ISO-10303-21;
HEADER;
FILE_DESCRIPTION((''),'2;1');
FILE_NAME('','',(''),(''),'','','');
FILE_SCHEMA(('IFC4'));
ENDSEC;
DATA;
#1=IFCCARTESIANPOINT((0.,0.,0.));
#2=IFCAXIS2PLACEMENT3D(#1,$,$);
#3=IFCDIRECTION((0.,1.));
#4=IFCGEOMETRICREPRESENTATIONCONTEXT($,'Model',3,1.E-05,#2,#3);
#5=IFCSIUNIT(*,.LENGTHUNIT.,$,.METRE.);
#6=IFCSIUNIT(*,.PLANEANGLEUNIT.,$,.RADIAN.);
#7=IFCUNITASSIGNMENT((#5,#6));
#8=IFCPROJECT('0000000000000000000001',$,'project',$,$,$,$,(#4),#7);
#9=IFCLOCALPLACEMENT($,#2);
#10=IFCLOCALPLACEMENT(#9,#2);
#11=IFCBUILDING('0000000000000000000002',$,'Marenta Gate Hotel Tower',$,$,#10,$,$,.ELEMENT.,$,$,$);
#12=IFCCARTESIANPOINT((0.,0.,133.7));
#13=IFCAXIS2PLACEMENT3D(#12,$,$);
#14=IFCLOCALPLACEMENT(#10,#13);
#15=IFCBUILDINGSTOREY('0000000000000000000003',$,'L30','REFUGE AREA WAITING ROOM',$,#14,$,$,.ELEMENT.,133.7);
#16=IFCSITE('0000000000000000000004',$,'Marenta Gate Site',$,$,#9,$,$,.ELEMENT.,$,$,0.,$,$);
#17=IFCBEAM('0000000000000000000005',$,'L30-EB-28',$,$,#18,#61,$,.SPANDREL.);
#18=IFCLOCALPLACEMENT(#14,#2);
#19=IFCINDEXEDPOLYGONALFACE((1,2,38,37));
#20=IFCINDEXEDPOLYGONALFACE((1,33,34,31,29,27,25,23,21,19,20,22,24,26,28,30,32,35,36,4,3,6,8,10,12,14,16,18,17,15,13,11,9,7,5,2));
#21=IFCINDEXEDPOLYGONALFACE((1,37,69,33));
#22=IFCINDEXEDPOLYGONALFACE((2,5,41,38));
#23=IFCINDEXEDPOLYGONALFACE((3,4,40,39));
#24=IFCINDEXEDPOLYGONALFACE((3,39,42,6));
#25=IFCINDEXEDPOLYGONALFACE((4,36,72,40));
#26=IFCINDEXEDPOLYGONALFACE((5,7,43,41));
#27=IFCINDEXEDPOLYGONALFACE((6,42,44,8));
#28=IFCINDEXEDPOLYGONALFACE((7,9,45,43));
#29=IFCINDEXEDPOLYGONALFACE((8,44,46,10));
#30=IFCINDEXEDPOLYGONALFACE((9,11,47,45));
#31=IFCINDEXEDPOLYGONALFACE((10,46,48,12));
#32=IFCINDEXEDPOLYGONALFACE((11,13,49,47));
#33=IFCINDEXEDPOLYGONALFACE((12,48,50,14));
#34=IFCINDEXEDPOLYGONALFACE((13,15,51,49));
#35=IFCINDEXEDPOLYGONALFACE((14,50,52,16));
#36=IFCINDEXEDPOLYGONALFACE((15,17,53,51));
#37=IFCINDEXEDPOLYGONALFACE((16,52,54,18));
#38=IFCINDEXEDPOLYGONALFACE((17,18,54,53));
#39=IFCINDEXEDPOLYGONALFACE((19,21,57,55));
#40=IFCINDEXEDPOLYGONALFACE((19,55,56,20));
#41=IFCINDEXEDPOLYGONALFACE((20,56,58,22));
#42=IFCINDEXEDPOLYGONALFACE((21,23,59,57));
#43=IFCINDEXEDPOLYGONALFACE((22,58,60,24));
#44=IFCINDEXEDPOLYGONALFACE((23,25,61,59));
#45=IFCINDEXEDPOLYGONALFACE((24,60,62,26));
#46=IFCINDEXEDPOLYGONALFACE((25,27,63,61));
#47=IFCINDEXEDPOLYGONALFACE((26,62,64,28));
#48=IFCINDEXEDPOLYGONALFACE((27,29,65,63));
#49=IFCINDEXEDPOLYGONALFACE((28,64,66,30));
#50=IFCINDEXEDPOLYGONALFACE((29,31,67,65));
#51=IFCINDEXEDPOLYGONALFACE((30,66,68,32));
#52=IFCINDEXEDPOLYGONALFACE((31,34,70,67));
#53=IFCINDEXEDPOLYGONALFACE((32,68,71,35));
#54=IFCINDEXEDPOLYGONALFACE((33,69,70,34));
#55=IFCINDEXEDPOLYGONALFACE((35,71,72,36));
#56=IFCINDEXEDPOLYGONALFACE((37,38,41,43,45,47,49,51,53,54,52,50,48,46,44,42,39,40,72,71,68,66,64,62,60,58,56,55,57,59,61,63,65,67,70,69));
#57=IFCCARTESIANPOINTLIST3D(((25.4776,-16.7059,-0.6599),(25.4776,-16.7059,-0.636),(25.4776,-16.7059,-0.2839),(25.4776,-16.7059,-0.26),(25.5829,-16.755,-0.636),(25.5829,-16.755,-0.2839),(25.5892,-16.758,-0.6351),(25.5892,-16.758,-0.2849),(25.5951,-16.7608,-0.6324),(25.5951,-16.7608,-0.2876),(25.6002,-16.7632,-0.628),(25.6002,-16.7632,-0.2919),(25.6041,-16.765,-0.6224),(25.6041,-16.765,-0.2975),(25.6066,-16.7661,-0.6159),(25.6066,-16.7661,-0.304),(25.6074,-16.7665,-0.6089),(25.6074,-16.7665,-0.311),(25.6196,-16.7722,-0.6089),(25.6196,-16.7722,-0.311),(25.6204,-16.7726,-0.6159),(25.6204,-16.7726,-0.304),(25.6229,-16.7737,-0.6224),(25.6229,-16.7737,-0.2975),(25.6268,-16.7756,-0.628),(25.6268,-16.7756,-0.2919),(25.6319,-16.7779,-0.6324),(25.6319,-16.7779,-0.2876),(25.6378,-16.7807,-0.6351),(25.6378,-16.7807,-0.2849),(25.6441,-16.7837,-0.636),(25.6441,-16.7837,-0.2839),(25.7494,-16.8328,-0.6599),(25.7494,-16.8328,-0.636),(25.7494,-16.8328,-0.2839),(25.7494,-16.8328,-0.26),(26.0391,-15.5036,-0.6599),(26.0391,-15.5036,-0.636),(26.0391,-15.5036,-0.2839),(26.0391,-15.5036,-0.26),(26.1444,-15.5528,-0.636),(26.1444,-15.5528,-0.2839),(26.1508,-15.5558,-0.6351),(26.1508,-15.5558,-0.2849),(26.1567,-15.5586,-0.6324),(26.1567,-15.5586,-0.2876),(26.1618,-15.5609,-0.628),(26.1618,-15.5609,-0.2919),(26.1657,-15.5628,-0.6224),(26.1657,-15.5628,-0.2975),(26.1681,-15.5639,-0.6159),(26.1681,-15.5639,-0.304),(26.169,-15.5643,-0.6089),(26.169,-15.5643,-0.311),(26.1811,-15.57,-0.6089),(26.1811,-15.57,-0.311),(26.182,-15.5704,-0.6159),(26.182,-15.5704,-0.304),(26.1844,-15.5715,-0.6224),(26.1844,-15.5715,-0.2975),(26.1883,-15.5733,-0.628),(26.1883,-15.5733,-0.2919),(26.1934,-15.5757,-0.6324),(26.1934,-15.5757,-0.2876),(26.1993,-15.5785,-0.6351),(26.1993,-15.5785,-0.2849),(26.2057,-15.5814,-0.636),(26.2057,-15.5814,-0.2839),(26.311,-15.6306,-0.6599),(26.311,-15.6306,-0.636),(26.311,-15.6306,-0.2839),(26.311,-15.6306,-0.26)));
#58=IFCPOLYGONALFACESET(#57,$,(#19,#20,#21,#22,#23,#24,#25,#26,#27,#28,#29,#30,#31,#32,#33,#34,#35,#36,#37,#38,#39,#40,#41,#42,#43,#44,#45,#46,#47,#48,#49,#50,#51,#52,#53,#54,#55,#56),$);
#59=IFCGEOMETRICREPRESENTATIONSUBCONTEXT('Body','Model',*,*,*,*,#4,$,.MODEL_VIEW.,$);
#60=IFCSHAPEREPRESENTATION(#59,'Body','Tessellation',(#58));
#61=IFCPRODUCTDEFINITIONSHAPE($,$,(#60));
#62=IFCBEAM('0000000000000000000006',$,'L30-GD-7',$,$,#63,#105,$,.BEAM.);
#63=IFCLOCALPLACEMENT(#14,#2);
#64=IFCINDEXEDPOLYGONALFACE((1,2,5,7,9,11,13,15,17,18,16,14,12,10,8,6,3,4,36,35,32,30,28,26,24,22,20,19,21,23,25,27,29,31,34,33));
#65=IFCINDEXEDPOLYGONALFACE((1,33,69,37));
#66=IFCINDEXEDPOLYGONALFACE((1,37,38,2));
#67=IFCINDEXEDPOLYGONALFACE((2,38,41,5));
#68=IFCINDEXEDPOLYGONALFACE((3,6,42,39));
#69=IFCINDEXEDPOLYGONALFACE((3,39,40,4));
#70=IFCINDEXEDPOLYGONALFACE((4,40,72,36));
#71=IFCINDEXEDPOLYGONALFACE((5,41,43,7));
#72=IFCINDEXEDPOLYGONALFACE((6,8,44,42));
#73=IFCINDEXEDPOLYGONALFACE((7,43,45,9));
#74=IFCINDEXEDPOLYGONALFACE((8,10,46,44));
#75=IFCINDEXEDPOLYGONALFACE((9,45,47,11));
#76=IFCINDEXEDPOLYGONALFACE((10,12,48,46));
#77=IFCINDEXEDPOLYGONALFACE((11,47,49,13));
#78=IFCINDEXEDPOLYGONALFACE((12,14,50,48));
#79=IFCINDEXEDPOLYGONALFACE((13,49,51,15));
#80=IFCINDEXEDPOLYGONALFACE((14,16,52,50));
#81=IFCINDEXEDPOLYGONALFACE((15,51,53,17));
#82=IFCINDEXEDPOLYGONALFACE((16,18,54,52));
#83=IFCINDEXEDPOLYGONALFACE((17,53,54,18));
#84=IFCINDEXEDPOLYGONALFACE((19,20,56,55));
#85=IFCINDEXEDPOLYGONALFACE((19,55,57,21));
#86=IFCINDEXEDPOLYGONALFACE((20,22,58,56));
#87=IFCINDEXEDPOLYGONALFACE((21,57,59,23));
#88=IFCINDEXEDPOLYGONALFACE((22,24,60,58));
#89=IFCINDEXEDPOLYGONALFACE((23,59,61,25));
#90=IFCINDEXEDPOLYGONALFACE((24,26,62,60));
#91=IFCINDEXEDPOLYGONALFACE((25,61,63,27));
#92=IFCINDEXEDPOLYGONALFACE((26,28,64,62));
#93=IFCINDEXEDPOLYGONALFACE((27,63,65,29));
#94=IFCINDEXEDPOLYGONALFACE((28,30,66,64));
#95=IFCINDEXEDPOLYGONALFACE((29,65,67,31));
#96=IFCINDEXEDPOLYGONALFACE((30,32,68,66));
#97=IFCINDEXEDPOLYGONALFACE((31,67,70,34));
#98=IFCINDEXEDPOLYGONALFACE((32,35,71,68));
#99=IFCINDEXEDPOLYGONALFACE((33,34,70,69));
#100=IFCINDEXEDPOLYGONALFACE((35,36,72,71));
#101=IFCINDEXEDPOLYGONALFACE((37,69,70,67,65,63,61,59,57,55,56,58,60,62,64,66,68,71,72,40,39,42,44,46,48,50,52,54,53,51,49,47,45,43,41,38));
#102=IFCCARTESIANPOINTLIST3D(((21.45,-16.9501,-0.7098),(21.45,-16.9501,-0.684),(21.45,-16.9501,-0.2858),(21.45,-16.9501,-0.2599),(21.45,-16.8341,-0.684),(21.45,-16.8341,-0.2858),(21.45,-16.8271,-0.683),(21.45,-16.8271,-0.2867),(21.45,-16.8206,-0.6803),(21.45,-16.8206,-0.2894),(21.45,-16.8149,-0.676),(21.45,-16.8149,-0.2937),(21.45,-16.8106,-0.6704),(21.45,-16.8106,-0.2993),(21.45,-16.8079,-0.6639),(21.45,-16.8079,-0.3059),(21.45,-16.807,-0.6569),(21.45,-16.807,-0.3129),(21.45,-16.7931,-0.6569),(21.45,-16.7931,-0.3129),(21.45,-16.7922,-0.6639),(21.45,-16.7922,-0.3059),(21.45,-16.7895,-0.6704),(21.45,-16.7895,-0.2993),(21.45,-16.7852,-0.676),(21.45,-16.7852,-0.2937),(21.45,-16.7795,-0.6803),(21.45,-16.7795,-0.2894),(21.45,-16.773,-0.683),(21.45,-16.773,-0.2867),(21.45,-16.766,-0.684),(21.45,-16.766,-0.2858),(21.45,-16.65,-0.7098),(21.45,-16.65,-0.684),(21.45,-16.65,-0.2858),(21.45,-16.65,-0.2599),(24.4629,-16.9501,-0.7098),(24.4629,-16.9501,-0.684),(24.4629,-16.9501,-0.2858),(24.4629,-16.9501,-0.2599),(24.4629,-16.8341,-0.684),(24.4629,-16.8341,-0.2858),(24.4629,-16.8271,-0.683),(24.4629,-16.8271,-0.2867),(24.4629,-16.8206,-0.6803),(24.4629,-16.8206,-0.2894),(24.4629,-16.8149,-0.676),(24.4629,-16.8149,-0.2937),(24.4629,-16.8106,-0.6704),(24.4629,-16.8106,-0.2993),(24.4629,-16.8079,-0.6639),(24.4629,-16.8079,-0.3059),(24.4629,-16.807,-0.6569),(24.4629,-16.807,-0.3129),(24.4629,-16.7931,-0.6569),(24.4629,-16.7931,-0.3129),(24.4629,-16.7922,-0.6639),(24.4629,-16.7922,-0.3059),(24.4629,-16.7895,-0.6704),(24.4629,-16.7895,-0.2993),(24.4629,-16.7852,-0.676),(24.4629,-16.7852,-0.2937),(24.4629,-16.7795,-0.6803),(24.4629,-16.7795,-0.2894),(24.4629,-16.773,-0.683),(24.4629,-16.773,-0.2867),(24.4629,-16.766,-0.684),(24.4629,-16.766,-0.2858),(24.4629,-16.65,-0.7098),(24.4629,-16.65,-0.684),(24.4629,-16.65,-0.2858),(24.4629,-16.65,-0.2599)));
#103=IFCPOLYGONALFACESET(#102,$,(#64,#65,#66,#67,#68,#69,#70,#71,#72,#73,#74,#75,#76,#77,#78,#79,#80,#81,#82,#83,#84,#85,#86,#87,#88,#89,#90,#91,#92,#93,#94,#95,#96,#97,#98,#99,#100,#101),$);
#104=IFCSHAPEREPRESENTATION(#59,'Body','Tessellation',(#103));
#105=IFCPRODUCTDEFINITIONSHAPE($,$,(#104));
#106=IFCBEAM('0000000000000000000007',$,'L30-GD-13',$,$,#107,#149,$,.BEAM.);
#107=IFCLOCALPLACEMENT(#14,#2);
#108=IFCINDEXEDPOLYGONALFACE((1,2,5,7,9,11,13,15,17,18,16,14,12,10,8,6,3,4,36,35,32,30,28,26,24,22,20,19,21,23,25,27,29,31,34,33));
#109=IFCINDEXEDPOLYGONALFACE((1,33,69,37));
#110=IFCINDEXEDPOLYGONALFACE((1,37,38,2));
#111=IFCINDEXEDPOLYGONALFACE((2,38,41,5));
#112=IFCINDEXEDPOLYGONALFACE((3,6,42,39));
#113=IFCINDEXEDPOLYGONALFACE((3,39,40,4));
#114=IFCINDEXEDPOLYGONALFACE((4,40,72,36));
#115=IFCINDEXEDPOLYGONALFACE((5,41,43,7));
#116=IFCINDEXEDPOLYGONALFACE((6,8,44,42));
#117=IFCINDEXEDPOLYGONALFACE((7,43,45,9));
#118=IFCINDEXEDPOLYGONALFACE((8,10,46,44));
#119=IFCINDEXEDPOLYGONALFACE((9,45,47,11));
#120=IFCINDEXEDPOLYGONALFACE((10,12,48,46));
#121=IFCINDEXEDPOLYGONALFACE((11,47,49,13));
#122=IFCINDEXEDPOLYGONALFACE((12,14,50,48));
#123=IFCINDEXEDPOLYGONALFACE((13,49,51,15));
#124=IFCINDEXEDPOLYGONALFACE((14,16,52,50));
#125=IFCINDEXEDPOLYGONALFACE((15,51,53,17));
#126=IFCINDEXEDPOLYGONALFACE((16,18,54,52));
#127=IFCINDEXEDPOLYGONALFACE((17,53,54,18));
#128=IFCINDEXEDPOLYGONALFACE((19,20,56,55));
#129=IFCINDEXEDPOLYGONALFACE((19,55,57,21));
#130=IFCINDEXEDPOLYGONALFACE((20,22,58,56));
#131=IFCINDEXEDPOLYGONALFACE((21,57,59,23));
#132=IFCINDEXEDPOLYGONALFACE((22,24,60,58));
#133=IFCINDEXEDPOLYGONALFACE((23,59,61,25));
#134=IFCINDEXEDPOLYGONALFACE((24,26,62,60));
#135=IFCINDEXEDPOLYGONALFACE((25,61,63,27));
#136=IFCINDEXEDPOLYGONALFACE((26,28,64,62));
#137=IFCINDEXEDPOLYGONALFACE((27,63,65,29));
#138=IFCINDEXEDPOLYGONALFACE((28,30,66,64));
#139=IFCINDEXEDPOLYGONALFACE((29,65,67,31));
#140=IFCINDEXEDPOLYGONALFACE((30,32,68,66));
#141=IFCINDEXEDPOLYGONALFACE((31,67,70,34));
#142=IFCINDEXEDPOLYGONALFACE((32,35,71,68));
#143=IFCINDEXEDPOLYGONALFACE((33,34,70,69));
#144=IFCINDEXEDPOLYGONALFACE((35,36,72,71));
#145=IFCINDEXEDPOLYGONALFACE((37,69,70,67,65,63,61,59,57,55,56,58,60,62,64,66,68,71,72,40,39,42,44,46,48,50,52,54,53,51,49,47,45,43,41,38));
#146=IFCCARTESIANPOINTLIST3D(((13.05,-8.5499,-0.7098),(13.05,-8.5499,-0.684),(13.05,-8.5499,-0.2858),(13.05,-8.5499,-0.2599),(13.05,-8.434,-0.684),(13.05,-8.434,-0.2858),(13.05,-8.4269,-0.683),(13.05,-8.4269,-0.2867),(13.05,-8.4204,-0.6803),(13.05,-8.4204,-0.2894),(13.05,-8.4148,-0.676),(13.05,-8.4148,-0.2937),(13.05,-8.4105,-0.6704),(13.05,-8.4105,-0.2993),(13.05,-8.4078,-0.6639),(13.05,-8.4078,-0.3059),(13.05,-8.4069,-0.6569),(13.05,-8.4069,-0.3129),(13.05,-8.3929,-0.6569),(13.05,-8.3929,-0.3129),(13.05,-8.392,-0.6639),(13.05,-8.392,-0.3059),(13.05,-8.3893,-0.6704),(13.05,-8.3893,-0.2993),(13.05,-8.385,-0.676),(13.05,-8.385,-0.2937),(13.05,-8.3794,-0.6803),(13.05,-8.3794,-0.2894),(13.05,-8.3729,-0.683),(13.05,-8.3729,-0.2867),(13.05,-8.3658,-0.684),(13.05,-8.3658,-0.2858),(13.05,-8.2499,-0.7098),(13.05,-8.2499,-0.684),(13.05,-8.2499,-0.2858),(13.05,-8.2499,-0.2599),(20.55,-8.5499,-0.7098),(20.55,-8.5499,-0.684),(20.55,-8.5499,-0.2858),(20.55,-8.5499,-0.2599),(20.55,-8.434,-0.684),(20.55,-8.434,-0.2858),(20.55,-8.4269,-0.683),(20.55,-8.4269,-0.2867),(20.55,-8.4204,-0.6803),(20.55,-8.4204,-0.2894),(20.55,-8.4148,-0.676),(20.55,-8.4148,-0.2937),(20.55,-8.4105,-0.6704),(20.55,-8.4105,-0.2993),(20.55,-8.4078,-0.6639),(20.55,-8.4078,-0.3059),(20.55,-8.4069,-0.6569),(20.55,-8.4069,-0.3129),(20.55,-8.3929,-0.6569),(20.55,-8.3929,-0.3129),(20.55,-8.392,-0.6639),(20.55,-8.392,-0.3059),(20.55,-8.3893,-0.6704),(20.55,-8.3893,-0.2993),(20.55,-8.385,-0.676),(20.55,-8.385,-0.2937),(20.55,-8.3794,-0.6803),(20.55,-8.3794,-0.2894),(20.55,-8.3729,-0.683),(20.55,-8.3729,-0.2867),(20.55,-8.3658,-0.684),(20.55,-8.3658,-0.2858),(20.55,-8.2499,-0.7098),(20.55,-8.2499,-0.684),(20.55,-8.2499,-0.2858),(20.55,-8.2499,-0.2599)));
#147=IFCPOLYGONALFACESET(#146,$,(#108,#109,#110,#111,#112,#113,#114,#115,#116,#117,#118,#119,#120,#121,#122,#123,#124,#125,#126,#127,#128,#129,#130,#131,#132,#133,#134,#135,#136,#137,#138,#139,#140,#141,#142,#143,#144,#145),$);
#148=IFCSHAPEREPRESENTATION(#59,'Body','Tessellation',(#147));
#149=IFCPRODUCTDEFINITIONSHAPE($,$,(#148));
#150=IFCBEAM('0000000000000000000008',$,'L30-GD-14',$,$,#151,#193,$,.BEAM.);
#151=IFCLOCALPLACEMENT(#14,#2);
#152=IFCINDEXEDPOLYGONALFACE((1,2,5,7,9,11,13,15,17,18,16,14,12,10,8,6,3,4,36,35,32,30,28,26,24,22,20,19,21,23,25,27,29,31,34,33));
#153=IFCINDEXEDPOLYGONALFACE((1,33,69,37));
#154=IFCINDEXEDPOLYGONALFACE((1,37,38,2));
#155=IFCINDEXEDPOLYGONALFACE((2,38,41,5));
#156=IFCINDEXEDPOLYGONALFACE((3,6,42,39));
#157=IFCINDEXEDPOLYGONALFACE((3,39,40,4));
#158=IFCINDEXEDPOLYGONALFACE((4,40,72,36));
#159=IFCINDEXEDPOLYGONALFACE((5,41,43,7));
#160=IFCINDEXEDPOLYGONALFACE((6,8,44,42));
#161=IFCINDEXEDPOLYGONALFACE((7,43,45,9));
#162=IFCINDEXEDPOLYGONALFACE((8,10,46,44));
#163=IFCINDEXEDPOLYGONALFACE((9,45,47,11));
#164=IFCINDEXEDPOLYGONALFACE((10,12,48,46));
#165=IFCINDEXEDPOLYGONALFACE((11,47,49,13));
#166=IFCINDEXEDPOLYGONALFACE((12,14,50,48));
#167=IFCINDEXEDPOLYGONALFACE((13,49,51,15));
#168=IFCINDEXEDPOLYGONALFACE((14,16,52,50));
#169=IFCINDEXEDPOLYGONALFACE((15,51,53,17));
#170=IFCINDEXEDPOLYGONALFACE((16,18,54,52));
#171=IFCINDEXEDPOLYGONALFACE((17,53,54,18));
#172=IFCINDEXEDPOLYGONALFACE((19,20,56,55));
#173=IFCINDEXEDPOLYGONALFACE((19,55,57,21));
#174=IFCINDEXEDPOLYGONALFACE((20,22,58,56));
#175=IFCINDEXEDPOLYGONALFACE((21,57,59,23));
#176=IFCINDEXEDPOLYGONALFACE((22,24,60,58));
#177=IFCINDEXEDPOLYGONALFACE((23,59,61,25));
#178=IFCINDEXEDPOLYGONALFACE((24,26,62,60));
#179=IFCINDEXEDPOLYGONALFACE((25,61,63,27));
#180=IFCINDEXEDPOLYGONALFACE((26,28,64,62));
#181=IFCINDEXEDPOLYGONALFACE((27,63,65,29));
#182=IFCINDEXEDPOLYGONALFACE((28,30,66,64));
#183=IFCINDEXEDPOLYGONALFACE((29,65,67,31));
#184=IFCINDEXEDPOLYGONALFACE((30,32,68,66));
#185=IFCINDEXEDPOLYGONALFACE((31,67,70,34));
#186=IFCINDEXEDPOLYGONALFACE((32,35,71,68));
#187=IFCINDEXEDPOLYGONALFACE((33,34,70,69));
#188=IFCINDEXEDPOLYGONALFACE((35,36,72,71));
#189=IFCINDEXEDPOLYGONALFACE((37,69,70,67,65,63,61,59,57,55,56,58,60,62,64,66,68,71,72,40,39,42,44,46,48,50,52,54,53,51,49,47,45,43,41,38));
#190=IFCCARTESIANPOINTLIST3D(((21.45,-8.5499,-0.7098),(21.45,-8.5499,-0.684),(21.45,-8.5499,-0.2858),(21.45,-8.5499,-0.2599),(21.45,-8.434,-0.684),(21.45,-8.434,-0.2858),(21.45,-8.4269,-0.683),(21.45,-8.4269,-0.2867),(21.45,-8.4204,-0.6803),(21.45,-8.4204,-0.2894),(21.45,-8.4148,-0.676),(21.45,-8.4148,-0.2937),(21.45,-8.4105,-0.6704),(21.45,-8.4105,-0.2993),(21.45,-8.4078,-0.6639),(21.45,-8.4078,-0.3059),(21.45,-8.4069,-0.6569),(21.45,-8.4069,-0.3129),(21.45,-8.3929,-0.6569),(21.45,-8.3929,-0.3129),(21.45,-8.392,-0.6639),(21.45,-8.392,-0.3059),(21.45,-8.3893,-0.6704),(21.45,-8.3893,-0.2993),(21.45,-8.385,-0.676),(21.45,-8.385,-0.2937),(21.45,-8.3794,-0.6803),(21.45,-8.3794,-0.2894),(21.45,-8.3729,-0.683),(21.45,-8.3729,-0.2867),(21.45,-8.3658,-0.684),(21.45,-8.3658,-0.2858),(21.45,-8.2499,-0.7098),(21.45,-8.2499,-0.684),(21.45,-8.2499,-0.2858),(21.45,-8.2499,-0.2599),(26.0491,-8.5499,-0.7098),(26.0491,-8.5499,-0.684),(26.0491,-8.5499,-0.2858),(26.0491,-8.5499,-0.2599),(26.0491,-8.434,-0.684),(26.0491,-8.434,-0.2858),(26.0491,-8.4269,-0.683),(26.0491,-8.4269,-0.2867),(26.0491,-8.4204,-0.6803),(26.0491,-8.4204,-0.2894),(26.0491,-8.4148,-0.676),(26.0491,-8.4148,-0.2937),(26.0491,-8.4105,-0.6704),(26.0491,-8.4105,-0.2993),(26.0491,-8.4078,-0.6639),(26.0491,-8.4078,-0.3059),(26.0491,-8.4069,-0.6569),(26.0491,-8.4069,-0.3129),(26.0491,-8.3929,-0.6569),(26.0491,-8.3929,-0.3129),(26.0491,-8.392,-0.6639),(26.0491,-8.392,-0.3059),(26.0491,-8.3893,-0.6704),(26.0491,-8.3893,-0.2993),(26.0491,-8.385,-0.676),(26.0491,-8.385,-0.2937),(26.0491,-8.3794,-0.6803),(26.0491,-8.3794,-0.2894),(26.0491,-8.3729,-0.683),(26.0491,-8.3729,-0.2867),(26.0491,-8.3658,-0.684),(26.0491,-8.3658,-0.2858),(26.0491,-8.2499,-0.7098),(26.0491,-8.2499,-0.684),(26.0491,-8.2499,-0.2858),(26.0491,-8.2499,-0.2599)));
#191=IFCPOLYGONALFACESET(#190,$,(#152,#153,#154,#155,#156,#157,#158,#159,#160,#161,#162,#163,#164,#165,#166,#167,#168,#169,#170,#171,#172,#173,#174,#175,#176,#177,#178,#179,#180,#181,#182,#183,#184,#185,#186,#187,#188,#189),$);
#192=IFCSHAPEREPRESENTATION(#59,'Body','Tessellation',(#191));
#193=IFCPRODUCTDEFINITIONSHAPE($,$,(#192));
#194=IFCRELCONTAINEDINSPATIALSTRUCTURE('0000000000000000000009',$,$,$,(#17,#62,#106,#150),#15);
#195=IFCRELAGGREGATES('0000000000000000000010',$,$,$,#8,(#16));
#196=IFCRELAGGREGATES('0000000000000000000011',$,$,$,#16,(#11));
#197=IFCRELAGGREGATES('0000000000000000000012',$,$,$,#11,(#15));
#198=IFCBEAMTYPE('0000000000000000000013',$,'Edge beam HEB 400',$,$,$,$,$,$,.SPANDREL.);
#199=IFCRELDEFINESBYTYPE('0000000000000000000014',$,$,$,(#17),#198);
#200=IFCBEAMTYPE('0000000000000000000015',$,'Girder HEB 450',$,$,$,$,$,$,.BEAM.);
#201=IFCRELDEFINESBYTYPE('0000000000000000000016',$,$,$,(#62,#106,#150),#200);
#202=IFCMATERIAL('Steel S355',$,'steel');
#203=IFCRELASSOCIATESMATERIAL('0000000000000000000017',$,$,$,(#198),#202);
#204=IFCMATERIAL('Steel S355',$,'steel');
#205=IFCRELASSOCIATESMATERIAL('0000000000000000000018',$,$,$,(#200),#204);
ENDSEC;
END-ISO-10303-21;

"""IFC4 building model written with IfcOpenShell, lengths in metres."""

from ifc_helpers import new_model, si_unit, direction, frame, origin, origin_2d, place, context, subcontext, project, spatial, i_section, extrude, material, material_profile, profile_set, type_object, element, save


model = new_model("IFC4")

# Units and contexts
model_context = context("Model", 3, precision=1e-05, world=origin(), true_north=direction((0.0, 1.0)))
body_context = subcontext(model_context, "Body", "Model", "MODEL_VIEW")
ifc_project = project(units=[si_unit("LENGTHUNIT", "METRE"), si_unit("PLANEANGLEUNIT", "RADIAN")], contexts=[model_context])

# Site, building, storey
site_placement = place(None, origin())
site = spatial("IfcSite", under=ifc_project, at=site_placement, Name="Marenta Gate Site", CompositionType="ELEMENT", RefElevation=0.0)
building_placement = place(site_placement, origin())
building = spatial("IfcBuilding", under=site, at=building_placement, Name="Marenta Gate Hotel Tower", CompositionType="ELEMENT")
storey_placement = place(building_placement, frame((0.0, 0.0, 133.7)))
storey = spatial("IfcBuildingStorey", under=building, at=storey_placement, Name="L30", Description="REFUGE AREA WAITING ROOM", CompositionType="ELEMENT", Elevation=133.7)

# Beams
ifc_material_1 = material(Name="Steel S355", Category="steel")
ifc_material_profile_1 = material_profile(ifc_material_1, i_section(OverallWidth=0.3, OverallDepth=0.3999, WebThickness=0.0134, FlangeThickness=0.0239, FilletRadius=0.0271, at=origin_2d()), Name="HEB 400")
ifc_profile_set_1 = profile_set([ifc_material_profile_1], Name="Steel S355")
beam_type_1 = type_object("IfcBeamType", Name="Edge beam HEB 400", PredefinedType="SPANDREL", material=ifc_profile_set_1)
beam_1_placement = place(storey_placement, frame((26.175, -15.5671, -0.46), z_axis=(-0.423208, -0.906033, 0.0), x_axis=(0.906033, -0.423208, 0.0)))
element("IfcBeam", 1, at=beam_1_placement, inside=storey, type_object=beam_type_1, Name="L30-EB-28", PredefinedType="SPANDREL", context=body_context, shape_type="SweptSolid", body=[
    extrude(i_section(OverallWidth=0.3, OverallDepth=0.3999, WebThickness=0.0134, FlangeThickness=0.0239, FilletRadius=0.0271, at=origin_2d()), origin(), (0.0, 0.0, 1.0), 1.3269),
])
ifc_material_2 = material(Name="Steel S355", Category="steel")
ifc_material_profile_2 = material_profile(ifc_material_2, i_section(OverallWidth=0.3, OverallDepth=0.45, WebThickness=0.0139, FlangeThickness=0.0259, FilletRadius=0.0271, at=origin_2d()), Name="HEB 450")
ifc_profile_set_2 = profile_set([ifc_material_profile_2], Name="Steel S355")
beam_type_2 = type_object("IfcBeamType", Name="Girder HEB 450", PredefinedType="BEAM", material=ifc_profile_set_2)
beam_2_placement = place(storey_placement, frame((21.45, -16.8, -0.4849), z_axis=(1.0, 0.0, 0.0), x_axis=(0.0, 1.0, 0.0)))
element("IfcBeam", 2, at=beam_2_placement, inside=storey, type_object=beam_type_2, Name="L30-GD-7", PredefinedType="BEAM", context=body_context, shape_type="SweptSolid", body=[
    extrude(i_section(OverallWidth=0.3, OverallDepth=0.45, WebThickness=0.0139, FlangeThickness=0.0259, FilletRadius=0.0271, at=origin_2d()), origin(), (0.0, 0.0, 1.0), 3.0129),
])
beam_3_placement = place(storey_placement, frame((13.05, -8.3999, -0.4849), z_axis=(1.0, 0.0, 0.0), x_axis=(0.0, 1.0, 0.0)))
element("IfcBeam", 3, at=beam_3_placement, inside=storey, type_object=beam_type_2, Name="L30-GD-13", PredefinedType="BEAM", context=body_context, shape_type="SweptSolid", body=[
    extrude(i_section(OverallWidth=0.3, OverallDepth=0.45, WebThickness=0.0139, FlangeThickness=0.0259, FilletRadius=0.0271, at=origin_2d()), origin(), (0.0, 0.0, 1.0), 7.5),
])
beam_4_placement = place(storey_placement, frame((21.45, -8.3999, -0.4849), z_axis=(1.0, 0.0, 0.0), x_axis=(0.0, 1.0, 0.0)))
element("IfcBeam", 4, at=beam_4_placement, inside=storey, type_object=beam_type_2, Name="L30-GD-14", PredefinedType="BEAM", context=body_context, shape_type="SweptSolid", body=[
    extrude(i_section(OverallWidth=0.3, OverallDepth=0.45, WebThickness=0.0139, FlangeThickness=0.0259, FilletRadius=0.0271, at=origin_2d()), origin(), (0.0, 0.0, 1.0), 4.5991),
])

save(model, "model.ifc")
